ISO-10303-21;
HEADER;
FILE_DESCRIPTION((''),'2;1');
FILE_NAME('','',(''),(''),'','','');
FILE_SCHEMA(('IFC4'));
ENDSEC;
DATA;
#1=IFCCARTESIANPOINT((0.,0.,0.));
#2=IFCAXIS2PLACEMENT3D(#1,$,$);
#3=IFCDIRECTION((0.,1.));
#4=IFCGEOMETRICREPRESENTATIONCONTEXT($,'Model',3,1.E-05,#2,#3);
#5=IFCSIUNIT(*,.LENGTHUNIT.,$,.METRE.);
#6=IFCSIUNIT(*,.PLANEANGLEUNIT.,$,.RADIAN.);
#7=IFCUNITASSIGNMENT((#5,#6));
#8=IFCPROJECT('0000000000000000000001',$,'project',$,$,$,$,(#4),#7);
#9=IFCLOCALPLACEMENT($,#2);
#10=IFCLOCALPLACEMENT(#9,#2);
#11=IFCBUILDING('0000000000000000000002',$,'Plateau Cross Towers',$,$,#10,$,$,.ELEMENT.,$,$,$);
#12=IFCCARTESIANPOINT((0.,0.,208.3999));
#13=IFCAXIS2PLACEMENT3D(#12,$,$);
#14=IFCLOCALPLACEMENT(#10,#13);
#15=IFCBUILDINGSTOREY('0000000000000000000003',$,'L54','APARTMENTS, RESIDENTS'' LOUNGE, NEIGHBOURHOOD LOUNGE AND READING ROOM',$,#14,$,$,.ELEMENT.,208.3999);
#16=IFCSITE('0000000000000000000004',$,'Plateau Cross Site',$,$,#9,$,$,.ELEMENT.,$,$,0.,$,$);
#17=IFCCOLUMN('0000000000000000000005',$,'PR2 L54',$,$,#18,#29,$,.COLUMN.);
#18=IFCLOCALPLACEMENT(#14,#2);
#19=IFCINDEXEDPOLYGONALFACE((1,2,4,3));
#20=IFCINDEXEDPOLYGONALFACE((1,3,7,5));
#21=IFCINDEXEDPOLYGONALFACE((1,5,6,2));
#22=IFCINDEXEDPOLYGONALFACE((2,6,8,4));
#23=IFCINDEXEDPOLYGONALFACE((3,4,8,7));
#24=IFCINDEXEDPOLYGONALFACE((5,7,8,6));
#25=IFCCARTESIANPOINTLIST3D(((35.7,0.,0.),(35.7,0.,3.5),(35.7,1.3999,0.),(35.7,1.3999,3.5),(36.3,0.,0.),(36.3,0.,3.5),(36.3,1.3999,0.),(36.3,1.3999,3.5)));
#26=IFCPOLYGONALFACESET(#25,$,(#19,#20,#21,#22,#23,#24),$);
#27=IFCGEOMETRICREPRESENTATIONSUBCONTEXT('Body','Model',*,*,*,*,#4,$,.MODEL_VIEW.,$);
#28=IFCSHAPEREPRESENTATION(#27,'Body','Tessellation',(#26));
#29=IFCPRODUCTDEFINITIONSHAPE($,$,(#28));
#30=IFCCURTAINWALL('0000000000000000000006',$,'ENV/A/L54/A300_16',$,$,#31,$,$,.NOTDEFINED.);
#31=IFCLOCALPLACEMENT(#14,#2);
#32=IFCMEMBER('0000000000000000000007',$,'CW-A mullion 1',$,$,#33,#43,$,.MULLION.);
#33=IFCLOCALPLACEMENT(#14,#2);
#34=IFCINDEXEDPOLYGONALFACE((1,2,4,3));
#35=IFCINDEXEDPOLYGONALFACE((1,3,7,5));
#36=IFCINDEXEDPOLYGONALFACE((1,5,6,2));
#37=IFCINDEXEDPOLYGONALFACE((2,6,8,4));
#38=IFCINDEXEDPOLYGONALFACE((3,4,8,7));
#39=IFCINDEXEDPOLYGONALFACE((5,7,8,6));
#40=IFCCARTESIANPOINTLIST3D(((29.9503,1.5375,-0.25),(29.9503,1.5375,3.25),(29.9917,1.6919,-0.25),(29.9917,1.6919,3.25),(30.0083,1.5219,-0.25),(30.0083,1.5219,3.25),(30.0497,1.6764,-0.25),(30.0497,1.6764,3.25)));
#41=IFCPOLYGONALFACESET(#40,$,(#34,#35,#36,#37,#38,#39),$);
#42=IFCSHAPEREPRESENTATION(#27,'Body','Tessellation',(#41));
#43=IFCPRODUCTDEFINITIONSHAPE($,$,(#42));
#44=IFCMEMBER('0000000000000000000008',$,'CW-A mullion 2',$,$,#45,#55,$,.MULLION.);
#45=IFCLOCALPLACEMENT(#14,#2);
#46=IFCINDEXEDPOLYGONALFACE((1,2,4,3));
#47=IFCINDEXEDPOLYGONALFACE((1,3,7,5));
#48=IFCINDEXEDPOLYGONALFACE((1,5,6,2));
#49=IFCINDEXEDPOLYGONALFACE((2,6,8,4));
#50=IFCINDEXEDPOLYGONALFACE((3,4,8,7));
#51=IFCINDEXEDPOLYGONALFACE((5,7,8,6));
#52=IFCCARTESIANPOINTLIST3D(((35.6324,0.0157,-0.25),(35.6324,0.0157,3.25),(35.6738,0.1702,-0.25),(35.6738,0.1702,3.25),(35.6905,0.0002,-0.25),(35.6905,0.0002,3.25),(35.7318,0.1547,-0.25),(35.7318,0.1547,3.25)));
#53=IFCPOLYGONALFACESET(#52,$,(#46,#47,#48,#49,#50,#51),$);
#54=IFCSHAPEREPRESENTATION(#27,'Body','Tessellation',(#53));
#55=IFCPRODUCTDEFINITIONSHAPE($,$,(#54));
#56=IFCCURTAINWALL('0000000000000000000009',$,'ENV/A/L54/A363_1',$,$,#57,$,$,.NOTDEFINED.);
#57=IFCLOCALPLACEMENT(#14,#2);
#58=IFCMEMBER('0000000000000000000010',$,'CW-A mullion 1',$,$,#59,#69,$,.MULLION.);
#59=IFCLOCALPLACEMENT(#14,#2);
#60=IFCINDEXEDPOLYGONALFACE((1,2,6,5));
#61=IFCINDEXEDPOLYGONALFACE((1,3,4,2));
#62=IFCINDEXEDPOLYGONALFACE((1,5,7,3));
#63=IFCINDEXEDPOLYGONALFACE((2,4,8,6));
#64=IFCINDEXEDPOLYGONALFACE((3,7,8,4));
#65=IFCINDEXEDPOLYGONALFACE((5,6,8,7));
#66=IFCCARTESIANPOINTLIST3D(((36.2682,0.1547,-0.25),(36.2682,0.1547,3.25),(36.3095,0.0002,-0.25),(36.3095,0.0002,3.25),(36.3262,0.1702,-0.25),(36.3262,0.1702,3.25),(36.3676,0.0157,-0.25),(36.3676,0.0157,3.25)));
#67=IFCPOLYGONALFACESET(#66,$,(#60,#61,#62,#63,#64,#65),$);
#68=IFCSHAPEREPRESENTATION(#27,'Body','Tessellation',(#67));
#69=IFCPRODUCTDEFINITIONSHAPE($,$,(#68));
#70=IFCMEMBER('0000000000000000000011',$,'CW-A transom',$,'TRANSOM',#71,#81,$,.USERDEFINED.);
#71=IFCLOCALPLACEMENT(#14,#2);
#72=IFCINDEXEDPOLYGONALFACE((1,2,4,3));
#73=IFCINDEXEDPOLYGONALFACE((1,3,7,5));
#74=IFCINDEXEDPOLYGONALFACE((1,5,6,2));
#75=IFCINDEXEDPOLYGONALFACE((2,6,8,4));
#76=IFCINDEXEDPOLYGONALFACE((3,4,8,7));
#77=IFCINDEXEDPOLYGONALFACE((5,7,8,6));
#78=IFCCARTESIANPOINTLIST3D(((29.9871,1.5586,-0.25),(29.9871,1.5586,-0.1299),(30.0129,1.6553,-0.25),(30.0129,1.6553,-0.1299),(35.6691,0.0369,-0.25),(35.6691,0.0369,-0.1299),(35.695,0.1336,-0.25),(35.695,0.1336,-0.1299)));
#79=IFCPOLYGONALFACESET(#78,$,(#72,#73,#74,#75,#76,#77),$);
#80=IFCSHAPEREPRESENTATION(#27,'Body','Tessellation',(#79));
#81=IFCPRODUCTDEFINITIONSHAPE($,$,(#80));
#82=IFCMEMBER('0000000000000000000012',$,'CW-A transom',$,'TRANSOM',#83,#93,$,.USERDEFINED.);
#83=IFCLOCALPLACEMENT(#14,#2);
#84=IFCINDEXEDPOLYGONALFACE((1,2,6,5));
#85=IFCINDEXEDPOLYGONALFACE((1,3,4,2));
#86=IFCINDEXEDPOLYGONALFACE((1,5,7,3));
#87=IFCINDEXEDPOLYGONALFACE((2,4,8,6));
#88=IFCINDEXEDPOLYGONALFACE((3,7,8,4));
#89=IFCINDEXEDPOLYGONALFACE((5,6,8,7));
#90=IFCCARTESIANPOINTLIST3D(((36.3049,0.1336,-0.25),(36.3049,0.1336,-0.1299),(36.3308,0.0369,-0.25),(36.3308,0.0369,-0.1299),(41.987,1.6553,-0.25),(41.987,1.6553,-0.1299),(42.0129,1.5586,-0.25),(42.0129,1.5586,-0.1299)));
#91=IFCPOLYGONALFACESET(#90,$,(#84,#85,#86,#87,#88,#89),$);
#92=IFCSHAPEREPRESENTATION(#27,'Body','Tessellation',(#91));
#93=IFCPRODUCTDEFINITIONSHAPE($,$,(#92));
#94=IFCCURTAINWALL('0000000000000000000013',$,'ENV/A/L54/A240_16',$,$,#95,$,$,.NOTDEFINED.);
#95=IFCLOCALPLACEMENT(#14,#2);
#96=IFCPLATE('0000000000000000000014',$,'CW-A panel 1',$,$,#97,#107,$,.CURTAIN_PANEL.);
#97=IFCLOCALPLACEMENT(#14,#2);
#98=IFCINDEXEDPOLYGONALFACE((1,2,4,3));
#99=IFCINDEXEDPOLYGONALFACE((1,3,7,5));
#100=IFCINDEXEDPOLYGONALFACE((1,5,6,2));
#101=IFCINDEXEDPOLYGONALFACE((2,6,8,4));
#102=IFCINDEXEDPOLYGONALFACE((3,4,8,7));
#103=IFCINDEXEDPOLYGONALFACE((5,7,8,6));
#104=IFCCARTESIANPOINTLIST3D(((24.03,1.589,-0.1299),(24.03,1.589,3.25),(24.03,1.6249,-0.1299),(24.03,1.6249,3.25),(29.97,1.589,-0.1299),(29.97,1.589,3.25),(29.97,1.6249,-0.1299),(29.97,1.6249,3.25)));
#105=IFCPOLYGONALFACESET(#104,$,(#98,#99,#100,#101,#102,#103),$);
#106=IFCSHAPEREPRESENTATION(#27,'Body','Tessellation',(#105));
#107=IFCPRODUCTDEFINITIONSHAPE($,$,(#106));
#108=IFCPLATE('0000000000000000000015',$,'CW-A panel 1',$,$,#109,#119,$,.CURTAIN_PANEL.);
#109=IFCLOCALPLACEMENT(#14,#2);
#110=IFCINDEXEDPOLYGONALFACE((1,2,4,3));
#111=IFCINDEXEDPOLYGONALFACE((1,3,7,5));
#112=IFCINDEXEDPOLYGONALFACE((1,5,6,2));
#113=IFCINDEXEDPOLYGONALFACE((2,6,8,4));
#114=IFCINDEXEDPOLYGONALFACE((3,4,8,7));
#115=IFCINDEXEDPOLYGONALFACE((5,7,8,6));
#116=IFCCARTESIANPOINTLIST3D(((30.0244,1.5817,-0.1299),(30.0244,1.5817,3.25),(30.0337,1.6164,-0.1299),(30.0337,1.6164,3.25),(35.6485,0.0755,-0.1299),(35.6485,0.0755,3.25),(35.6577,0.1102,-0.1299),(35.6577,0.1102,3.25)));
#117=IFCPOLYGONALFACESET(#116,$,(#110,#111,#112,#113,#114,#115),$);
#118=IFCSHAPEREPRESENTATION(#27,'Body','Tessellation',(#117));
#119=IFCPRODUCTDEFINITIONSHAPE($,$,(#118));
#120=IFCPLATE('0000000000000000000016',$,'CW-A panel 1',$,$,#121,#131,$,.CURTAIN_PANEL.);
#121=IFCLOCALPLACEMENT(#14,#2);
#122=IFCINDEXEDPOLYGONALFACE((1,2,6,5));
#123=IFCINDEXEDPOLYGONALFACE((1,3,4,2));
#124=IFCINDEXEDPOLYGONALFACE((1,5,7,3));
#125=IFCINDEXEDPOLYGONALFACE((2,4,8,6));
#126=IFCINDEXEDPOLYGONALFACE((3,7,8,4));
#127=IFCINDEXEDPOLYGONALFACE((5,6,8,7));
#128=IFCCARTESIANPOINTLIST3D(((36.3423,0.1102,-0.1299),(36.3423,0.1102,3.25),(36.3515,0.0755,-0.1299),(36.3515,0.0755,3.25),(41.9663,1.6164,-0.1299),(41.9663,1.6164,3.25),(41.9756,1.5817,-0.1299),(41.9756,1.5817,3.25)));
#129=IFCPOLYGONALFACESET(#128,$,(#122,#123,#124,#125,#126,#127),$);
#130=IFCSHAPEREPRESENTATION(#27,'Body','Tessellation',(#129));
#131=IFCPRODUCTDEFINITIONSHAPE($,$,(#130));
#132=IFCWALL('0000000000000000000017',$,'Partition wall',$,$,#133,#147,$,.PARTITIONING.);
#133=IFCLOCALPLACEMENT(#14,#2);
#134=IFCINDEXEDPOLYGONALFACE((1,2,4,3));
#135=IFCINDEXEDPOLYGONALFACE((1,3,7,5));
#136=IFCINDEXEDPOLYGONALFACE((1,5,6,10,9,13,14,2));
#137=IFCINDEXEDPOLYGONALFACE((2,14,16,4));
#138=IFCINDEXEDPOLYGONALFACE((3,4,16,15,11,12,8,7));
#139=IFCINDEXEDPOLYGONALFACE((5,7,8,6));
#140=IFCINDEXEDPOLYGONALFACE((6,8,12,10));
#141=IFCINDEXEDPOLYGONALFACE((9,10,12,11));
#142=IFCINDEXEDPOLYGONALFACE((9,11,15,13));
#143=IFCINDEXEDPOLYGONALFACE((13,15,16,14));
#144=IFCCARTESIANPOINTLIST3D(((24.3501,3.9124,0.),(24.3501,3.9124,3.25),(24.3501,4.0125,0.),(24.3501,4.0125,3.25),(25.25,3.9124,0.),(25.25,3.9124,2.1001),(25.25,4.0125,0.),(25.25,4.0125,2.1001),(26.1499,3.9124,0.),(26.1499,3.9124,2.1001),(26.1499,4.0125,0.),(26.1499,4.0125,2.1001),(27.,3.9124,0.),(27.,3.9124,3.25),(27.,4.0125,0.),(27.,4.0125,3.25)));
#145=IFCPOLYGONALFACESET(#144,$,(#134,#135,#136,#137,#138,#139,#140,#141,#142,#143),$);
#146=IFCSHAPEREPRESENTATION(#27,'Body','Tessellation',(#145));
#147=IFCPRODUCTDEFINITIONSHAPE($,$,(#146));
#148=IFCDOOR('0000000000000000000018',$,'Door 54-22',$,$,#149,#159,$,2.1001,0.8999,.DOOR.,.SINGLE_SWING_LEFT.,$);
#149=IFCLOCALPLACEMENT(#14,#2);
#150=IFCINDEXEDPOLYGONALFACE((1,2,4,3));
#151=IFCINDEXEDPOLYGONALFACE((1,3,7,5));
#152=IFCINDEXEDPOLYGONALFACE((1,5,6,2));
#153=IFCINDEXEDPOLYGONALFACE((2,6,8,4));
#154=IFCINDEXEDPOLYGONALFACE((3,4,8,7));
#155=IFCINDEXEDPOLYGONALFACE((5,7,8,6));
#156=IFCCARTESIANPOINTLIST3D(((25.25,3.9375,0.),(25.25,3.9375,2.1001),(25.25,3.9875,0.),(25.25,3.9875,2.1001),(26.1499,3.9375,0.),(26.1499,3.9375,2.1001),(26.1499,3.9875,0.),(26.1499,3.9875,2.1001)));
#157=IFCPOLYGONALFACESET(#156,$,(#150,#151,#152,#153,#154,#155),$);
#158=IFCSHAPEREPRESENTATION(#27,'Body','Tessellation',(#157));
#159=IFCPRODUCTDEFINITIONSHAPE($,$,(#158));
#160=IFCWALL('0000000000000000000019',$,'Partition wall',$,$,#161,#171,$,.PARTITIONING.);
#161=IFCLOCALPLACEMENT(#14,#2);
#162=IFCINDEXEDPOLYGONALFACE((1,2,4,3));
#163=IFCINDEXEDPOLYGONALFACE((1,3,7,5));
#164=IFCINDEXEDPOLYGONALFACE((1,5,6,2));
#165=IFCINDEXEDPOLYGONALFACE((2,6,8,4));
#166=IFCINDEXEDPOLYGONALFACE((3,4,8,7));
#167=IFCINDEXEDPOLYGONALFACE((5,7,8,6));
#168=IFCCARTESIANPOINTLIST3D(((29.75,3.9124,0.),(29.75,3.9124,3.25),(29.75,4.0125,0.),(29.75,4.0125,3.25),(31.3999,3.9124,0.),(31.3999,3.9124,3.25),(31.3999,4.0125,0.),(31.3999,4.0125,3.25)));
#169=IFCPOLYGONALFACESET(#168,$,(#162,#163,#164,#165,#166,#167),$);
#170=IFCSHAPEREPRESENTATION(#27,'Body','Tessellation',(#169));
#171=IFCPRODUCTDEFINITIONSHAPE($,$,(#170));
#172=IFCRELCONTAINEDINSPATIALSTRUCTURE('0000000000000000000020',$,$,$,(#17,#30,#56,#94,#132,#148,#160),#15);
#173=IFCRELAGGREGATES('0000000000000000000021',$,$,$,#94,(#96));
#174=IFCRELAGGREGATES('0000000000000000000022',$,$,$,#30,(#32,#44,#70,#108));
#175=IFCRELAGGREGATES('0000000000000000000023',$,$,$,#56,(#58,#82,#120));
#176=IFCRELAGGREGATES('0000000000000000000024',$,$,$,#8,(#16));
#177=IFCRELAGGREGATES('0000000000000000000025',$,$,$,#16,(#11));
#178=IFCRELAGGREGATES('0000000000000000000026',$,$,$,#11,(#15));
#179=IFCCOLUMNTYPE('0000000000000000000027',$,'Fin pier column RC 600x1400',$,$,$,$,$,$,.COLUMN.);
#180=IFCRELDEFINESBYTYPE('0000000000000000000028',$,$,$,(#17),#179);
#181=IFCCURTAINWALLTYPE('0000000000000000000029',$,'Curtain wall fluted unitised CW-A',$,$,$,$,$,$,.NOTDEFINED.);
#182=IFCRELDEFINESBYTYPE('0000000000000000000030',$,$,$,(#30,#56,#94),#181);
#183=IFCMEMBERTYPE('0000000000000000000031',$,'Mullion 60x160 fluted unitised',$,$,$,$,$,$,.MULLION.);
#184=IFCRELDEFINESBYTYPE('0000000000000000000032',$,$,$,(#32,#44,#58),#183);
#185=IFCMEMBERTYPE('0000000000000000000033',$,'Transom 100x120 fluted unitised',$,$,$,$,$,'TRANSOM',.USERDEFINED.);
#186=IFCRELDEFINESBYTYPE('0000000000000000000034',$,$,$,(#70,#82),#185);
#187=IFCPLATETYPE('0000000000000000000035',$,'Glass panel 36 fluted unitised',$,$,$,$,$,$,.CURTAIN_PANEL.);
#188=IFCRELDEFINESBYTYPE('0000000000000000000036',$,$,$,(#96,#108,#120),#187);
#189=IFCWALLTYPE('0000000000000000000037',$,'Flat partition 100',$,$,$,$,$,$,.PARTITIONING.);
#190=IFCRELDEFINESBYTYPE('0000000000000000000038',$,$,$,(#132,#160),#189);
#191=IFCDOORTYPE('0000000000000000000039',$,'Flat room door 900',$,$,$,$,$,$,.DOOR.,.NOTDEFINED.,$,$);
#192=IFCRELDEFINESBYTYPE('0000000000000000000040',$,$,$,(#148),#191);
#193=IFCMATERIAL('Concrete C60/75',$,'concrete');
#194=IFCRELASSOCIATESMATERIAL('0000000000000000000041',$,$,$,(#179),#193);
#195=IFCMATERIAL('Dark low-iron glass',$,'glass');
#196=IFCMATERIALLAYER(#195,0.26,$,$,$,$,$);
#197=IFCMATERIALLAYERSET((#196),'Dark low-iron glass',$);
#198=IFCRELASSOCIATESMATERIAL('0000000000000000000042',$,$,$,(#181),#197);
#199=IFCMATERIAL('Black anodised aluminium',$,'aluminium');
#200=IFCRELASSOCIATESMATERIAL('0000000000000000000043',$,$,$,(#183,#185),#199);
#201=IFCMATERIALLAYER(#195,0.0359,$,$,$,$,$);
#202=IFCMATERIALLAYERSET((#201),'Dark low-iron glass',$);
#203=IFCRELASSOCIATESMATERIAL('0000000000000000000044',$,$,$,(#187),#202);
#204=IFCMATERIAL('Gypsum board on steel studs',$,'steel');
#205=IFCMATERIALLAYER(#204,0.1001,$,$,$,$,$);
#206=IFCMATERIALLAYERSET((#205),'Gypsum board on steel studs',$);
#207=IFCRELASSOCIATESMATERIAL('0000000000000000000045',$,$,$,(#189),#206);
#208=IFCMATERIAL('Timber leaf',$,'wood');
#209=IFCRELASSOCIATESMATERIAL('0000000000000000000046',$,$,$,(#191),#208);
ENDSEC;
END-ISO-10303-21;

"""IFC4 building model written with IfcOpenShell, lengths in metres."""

from ifc_helpers import new_model, si_unit, direction, frame, frame_2d, origin, origin_2d, place, context, subcontext, project, spatial, rectangle, extrude, material, layer, layer_set, material_profile, profile_set, type_object, element, fill, aggregate, save


model = new_model("IFC4")

# Units and contexts
model_context = context("Model", 3, precision=1e-05, world=origin(), true_north=direction((0.0, 1.0)))
body_context = subcontext(model_context, "Body", "Model", "MODEL_VIEW")
ifc_project = project(units=[si_unit("LENGTHUNIT", "METRE"), si_unit("PLANEANGLEUNIT", "RADIAN")], contexts=[model_context])

# Site, building, storey
site_placement = place(None, origin())
site = spatial("IfcSite", under=ifc_project, at=site_placement, Name="Plateau Cross Site", CompositionType="ELEMENT", RefElevation=0.0)
building_placement = place(site_placement, origin())
building = spatial("IfcBuilding", under=site, at=building_placement, Name="Plateau Cross Towers", CompositionType="ELEMENT")
storey_placement = place(building_placement, frame((0.0, 0.0, 208.3999)))
storey = spatial("IfcBuildingStorey", under=building, at=storey_placement, Name="L54", Description="APARTMENTS, RESIDENTS' LOUNGE, NEIGHBOURHOOD LOUNGE AND READING ROOM", CompositionType="ELEMENT", Elevation=208.3999)

# Column
ifc_material_1 = material(Name="Concrete C60/75", Category="concrete")
ifc_material_profile_1 = material_profile(ifc_material_1, rectangle(XDim=0.6001, YDim=1.3999, at=origin_2d()), Name="RC 600x1400")
ifc_profile_set_1 = profile_set([ifc_material_profile_1], Name="Concrete C60/75")
column_type = type_object("IfcColumnType", Name="Fin pier column RC 600x1400", PredefinedType="COLUMN", material=ifc_profile_set_1)
column_placement = place(storey_placement, frame((36.0, 0.7, 0.0), z_axis=(0.0, 0.0, 1.0), x_axis=(1.0, 0.0, 0.0)))
element("IfcColumn", 1, at=column_placement, inside=storey, type_object=column_type, Name="PR2 L54", PredefinedType="COLUMN", context=body_context, shape_type="SweptSolid", body=[
    extrude(rectangle(XDim=0.6001, YDim=1.3999, at=origin_2d()), origin(), (0.0, 0.0, 1.0), 3.5),
])

# Curtain wall, members
ifc_material_2 = material(Name="Dark low-iron glass", Category="glass")
ifc_layer_1 = layer(ifc_material_2, 0.26)
ifc_layer_set_1 = layer_set([ifc_layer_1], Name="Dark low-iron glass")
curtain_wall_type = type_object("IfcCurtainWallType", Name="Curtain wall fluted unitised CW-A", PredefinedType="NOTDEFINED", material=ifc_layer_set_1)
curtain_wall_1_placement = place(storey_placement, origin())
curtain_wall_1 = element("IfcCurtainWall", 2, at=curtain_wall_1_placement, inside=storey, type_object=curtain_wall_type, Name="ENV/A/L54/A300_16", PredefinedType="NOTDEFINED")
ifc_material_3 = material(Name="Black anodised aluminium", Category="aluminium")
ifc_material_profile_2 = material_profile(ifc_material_3, rectangle(XDim=0.0601, YDim=0.1599, at=origin_2d()), Name="MULLION 60x160")
ifc_profile_set_2 = profile_set([ifc_material_profile_2], Name="Black anodised aluminium")
member_type_1 = type_object("IfcMemberType", Name="Mullion 60x160 fluted unitised", PredefinedType="MULLION", material=ifc_profile_set_2)
member_1_placement = place(storey_placement, frame((30.0, 1.6069, -0.25), z_axis=(0.0, 0.0, 1.0), x_axis=(0.965958, -0.258699, 0.0)))
member_1 = element("IfcMember", 3, at=member_1_placement, type_object=member_type_1, Name="CW-A mullion 1", PredefinedType="MULLION", context=body_context, shape_type="SweptSolid", body=[
    extrude(rectangle(XDim=0.0601, YDim=0.1599, at=origin_2d()), origin(), (0.0, 0.0, 1.0), 3.5),
])
member_2_placement = place(storey_placement, frame((35.6821, 0.0852, -0.25), z_axis=(0.0, 0.0, 1.0), x_axis=(0.965958, -0.258699, 0.0)))
member_2 = element("IfcMember", 4, at=member_2_placement, type_object=member_type_1, Name="CW-A mullion 2", PredefinedType="MULLION", context=body_context, shape_type="SweptSolid", body=[
    extrude(rectangle(XDim=0.0601, YDim=0.1599, at=origin_2d()), origin(), (0.0, 0.0, 1.0), 3.5),
])

# Curtain wall, member
curtain_wall_2_placement = place(storey_placement, origin())
curtain_wall_2 = element("IfcCurtainWall", 5, at=curtain_wall_2_placement, inside=storey, type_object=curtain_wall_type, Name="ENV/A/L54/A363_1", PredefinedType="NOTDEFINED")
member_3_placement = place(storey_placement, frame((36.3179, 0.0852, -0.25), z_axis=(0.0, 0.0, 1.0), x_axis=(0.965958, 0.258699, 0.0)))
member_3 = element("IfcMember", 6, at=member_3_placement, type_object=member_type_1, Name="CW-A mullion 1", PredefinedType="MULLION", context=body_context, shape_type="SweptSolid", body=[
    extrude(rectangle(XDim=0.0601, YDim=0.1599, at=origin_2d()), origin(), (0.0, 0.0, 1.0), 3.5),
])

# Members
ifc_material_profile_3 = material_profile(ifc_material_3, rectangle(XDim=0.1001, YDim=0.1201, at=origin_2d()), Name="TRANSOM 100x120")
ifc_profile_set_3 = profile_set([ifc_material_profile_3], Name="Black anodised aluminium")
member_type_2 = type_object("IfcMemberType", Name="Transom 100x120 fluted unitised", ElementType="TRANSOM", PredefinedType="USERDEFINED", material=ifc_profile_set_3)
member_4_placement = place(storey_placement, frame((30.0, 1.6069, -0.1899), z_axis=(0.96596, -0.258693, 0.0), x_axis=(0.258693, 0.96596, 0.0)))
member_4 = element("IfcMember", 7, at=member_4_placement, type_object=member_type_2, Name="CW-A transom", ObjectType="TRANSOM", PredefinedType="USERDEFINED", context=body_context, shape_type="SweptSolid", body=[
    extrude(rectangle(XDim=0.1001, YDim=0.1201, at=origin_2d()), origin(), (0.0, 0.0, 1.0), 5.8823),
])
member_5_placement = place(storey_placement, frame((36.3179, 0.0852, -0.1899), z_axis=(0.96596, 0.258693, 0.0), x_axis=(-0.258693, 0.96596, 0.0)))
member_5 = element("IfcMember", 8, at=member_5_placement, type_object=member_type_2, Name="CW-A transom", ObjectType="TRANSOM", PredefinedType="USERDEFINED", context=body_context, shape_type="SweptSolid", body=[
    extrude(rectangle(XDim=0.1001, YDim=0.1201, at=origin_2d()), origin(), (0.0, 0.0, 1.0), 5.8823),
])

# Curtain wall, plate
curtain_wall_3_placement = place(storey_placement, origin())
curtain_wall_3 = element("IfcCurtainWall", 9, at=curtain_wall_3_placement, inside=storey, type_object=curtain_wall_type, Name="ENV/A/L54/A240_16", PredefinedType="NOTDEFINED")
ifc_layer_2 = layer(ifc_material_2, 0.0359)
ifc_layer_set_2 = layer_set([ifc_layer_2], Name="Dark low-iron glass")
plate_type = type_object("IfcPlateType", Name="Glass panel 36 fluted unitised", PredefinedType="CURTAIN_PANEL", material=ifc_layer_set_2)
plate_1_placement = place(storey_placement, frame((27.0, 1.6069, -0.1299), z_axis=(0.0, 0.0, 1.0), x_axis=(1.0, 0.0, 0.0)))
plate_1 = element("IfcPlate", 10, at=plate_1_placement, type_object=plate_type, Name="CW-A panel 1", PredefinedType="CURTAIN_PANEL", context=body_context, shape_type="SweptSolid", body=[
    extrude(rectangle(XDim=5.9399, YDim=0.0359, at=origin_2d()), origin(), (0.0, 0.0, 1.0), 3.3799),
])
aggregate(curtain_wall_3, [plate_1])

# Plates
plate_2_placement = place(storey_placement, frame((32.8411, 0.8459, -0.1299), z_axis=(0.0, 0.0, 1.0), x_axis=(0.965958, -0.258699, 0.0)))
plate_2 = element("IfcPlate", 11, at=plate_2_placement, type_object=plate_type, Name="CW-A panel 1", PredefinedType="CURTAIN_PANEL", context=body_context, shape_type="SweptSolid", body=[
    extrude(rectangle(XDim=5.8223, YDim=0.0359, at=origin_2d()), origin(), (0.0, 0.0, 1.0), 3.3799),
])
aggregate(curtain_wall_1, [member_1, member_2, member_4, plate_2])
plate_3_placement = place(storey_placement, frame((39.1589, 0.8459, -0.1299), z_axis=(0.0, 0.0, 1.0), x_axis=(0.965958, 0.258699, 0.0)))
plate_3 = element("IfcPlate", 12, at=plate_3_placement, type_object=plate_type, Name="CW-A panel 1", PredefinedType="CURTAIN_PANEL", context=body_context, shape_type="SweptSolid", body=[
    extrude(rectangle(XDim=5.8223, YDim=0.0359, at=origin_2d()), origin(), (0.0, 0.0, 1.0), 3.3799),
])
aggregate(curtain_wall_2, [member_3, member_5, plate_3])

# Wall, opening, door
ifc_material_4 = material(Name="Gypsum board on steel studs", Category="steel")
ifc_layer_3 = layer(ifc_material_4, 0.1001)
ifc_layer_set_3 = layer_set([ifc_layer_3], Name="Gypsum board on steel studs")
wall_type_1 = type_object("IfcWallType", Name="Flat partition 100", PredefinedType="PARTITIONING", material=ifc_layer_set_3)
wall_1_placement = place(storey_placement, frame((27.0, 3.9624, 0.0), z_axis=(0.0, 0.0, 1.0), x_axis=(-1.0, 0.0, 0.0)))
wall_1 = element("IfcWall", 13, at=wall_1_placement, inside=storey, type_object=wall_type_1, Name="Partition wall", PredefinedType="PARTITIONING", context=body_context, shape_type="SweptSolid", body=[
    extrude(rectangle(XDim=2.6499, YDim=0.1001, at=frame_2d((1.325, 0.0))), origin(), (0.0, 0.0, 1.0), 3.25),
])
opening_1_placement = place(wall_1_placement, frame((0.8501, 0.0, 0.0)))
opening_1 = element("IfcOpeningElement", 14, at=opening_1_placement, cuts=wall_1, PredefinedType="OPENING", context=body_context, shape_type="SweptSolid", body=[
    extrude(rectangle(XDim=0.8999, YDim=2.1001, at=frame_2d((0.45, 1.05))), frame((0.0, 0.0601, 0.0), z_axis=(0.0, -1.0, 0.0), x_axis=(1.0, 0.0, 0.0)), (0.0, 0.0, 1.0), 0.1201),
])
ifc_material_5 = material(Name="Timber leaf", Category="wood")
door_type_1 = type_object("IfcDoorType", Name="Flat room door 900", OperationType="NOTDEFINED", PredefinedType="DOOR", material=ifc_material_5)
door_1_placement = place(opening_1_placement, origin())
door_1 = element("IfcDoor", 15, at=door_1_placement, inside=storey, type_object=door_type_1, Name="Door 54-22", OperationType="SINGLE_SWING_LEFT", OverallHeight=2.1001, OverallWidth=0.8999, PredefinedType="DOOR", context=body_context, shape_type="SweptSolid", body=[
    extrude(rectangle(XDim=0.8999, YDim=2.1001, at=frame_2d((0.45, 1.05))), frame((0.0, 0.0249, 0.0), z_axis=(0.0, -1.0, 0.0), x_axis=(1.0, 0.0, 0.0)), (0.0, 0.0, 1.0), 0.05),
])
fill(opening_1, door_1)

# Wall
wall_2_placement = place(storey_placement, frame((29.75, 3.9624, 0.0), z_axis=(0.0, 0.0, 1.0), x_axis=(1.0, 0.0, 0.0)))
element("IfcWall", 16, at=wall_2_placement, inside=storey, type_object=wall_type_1, Name="Partition wall", PredefinedType="PARTITIONING", context=body_context, shape_type="SweptSolid", body=[
    extrude(rectangle(XDim=1.6499, YDim=0.1001, at=frame_2d((0.825, 0.0))), origin(), (0.0, 0.0, 1.0), 3.25),
])

save(model, "model.ifc")
